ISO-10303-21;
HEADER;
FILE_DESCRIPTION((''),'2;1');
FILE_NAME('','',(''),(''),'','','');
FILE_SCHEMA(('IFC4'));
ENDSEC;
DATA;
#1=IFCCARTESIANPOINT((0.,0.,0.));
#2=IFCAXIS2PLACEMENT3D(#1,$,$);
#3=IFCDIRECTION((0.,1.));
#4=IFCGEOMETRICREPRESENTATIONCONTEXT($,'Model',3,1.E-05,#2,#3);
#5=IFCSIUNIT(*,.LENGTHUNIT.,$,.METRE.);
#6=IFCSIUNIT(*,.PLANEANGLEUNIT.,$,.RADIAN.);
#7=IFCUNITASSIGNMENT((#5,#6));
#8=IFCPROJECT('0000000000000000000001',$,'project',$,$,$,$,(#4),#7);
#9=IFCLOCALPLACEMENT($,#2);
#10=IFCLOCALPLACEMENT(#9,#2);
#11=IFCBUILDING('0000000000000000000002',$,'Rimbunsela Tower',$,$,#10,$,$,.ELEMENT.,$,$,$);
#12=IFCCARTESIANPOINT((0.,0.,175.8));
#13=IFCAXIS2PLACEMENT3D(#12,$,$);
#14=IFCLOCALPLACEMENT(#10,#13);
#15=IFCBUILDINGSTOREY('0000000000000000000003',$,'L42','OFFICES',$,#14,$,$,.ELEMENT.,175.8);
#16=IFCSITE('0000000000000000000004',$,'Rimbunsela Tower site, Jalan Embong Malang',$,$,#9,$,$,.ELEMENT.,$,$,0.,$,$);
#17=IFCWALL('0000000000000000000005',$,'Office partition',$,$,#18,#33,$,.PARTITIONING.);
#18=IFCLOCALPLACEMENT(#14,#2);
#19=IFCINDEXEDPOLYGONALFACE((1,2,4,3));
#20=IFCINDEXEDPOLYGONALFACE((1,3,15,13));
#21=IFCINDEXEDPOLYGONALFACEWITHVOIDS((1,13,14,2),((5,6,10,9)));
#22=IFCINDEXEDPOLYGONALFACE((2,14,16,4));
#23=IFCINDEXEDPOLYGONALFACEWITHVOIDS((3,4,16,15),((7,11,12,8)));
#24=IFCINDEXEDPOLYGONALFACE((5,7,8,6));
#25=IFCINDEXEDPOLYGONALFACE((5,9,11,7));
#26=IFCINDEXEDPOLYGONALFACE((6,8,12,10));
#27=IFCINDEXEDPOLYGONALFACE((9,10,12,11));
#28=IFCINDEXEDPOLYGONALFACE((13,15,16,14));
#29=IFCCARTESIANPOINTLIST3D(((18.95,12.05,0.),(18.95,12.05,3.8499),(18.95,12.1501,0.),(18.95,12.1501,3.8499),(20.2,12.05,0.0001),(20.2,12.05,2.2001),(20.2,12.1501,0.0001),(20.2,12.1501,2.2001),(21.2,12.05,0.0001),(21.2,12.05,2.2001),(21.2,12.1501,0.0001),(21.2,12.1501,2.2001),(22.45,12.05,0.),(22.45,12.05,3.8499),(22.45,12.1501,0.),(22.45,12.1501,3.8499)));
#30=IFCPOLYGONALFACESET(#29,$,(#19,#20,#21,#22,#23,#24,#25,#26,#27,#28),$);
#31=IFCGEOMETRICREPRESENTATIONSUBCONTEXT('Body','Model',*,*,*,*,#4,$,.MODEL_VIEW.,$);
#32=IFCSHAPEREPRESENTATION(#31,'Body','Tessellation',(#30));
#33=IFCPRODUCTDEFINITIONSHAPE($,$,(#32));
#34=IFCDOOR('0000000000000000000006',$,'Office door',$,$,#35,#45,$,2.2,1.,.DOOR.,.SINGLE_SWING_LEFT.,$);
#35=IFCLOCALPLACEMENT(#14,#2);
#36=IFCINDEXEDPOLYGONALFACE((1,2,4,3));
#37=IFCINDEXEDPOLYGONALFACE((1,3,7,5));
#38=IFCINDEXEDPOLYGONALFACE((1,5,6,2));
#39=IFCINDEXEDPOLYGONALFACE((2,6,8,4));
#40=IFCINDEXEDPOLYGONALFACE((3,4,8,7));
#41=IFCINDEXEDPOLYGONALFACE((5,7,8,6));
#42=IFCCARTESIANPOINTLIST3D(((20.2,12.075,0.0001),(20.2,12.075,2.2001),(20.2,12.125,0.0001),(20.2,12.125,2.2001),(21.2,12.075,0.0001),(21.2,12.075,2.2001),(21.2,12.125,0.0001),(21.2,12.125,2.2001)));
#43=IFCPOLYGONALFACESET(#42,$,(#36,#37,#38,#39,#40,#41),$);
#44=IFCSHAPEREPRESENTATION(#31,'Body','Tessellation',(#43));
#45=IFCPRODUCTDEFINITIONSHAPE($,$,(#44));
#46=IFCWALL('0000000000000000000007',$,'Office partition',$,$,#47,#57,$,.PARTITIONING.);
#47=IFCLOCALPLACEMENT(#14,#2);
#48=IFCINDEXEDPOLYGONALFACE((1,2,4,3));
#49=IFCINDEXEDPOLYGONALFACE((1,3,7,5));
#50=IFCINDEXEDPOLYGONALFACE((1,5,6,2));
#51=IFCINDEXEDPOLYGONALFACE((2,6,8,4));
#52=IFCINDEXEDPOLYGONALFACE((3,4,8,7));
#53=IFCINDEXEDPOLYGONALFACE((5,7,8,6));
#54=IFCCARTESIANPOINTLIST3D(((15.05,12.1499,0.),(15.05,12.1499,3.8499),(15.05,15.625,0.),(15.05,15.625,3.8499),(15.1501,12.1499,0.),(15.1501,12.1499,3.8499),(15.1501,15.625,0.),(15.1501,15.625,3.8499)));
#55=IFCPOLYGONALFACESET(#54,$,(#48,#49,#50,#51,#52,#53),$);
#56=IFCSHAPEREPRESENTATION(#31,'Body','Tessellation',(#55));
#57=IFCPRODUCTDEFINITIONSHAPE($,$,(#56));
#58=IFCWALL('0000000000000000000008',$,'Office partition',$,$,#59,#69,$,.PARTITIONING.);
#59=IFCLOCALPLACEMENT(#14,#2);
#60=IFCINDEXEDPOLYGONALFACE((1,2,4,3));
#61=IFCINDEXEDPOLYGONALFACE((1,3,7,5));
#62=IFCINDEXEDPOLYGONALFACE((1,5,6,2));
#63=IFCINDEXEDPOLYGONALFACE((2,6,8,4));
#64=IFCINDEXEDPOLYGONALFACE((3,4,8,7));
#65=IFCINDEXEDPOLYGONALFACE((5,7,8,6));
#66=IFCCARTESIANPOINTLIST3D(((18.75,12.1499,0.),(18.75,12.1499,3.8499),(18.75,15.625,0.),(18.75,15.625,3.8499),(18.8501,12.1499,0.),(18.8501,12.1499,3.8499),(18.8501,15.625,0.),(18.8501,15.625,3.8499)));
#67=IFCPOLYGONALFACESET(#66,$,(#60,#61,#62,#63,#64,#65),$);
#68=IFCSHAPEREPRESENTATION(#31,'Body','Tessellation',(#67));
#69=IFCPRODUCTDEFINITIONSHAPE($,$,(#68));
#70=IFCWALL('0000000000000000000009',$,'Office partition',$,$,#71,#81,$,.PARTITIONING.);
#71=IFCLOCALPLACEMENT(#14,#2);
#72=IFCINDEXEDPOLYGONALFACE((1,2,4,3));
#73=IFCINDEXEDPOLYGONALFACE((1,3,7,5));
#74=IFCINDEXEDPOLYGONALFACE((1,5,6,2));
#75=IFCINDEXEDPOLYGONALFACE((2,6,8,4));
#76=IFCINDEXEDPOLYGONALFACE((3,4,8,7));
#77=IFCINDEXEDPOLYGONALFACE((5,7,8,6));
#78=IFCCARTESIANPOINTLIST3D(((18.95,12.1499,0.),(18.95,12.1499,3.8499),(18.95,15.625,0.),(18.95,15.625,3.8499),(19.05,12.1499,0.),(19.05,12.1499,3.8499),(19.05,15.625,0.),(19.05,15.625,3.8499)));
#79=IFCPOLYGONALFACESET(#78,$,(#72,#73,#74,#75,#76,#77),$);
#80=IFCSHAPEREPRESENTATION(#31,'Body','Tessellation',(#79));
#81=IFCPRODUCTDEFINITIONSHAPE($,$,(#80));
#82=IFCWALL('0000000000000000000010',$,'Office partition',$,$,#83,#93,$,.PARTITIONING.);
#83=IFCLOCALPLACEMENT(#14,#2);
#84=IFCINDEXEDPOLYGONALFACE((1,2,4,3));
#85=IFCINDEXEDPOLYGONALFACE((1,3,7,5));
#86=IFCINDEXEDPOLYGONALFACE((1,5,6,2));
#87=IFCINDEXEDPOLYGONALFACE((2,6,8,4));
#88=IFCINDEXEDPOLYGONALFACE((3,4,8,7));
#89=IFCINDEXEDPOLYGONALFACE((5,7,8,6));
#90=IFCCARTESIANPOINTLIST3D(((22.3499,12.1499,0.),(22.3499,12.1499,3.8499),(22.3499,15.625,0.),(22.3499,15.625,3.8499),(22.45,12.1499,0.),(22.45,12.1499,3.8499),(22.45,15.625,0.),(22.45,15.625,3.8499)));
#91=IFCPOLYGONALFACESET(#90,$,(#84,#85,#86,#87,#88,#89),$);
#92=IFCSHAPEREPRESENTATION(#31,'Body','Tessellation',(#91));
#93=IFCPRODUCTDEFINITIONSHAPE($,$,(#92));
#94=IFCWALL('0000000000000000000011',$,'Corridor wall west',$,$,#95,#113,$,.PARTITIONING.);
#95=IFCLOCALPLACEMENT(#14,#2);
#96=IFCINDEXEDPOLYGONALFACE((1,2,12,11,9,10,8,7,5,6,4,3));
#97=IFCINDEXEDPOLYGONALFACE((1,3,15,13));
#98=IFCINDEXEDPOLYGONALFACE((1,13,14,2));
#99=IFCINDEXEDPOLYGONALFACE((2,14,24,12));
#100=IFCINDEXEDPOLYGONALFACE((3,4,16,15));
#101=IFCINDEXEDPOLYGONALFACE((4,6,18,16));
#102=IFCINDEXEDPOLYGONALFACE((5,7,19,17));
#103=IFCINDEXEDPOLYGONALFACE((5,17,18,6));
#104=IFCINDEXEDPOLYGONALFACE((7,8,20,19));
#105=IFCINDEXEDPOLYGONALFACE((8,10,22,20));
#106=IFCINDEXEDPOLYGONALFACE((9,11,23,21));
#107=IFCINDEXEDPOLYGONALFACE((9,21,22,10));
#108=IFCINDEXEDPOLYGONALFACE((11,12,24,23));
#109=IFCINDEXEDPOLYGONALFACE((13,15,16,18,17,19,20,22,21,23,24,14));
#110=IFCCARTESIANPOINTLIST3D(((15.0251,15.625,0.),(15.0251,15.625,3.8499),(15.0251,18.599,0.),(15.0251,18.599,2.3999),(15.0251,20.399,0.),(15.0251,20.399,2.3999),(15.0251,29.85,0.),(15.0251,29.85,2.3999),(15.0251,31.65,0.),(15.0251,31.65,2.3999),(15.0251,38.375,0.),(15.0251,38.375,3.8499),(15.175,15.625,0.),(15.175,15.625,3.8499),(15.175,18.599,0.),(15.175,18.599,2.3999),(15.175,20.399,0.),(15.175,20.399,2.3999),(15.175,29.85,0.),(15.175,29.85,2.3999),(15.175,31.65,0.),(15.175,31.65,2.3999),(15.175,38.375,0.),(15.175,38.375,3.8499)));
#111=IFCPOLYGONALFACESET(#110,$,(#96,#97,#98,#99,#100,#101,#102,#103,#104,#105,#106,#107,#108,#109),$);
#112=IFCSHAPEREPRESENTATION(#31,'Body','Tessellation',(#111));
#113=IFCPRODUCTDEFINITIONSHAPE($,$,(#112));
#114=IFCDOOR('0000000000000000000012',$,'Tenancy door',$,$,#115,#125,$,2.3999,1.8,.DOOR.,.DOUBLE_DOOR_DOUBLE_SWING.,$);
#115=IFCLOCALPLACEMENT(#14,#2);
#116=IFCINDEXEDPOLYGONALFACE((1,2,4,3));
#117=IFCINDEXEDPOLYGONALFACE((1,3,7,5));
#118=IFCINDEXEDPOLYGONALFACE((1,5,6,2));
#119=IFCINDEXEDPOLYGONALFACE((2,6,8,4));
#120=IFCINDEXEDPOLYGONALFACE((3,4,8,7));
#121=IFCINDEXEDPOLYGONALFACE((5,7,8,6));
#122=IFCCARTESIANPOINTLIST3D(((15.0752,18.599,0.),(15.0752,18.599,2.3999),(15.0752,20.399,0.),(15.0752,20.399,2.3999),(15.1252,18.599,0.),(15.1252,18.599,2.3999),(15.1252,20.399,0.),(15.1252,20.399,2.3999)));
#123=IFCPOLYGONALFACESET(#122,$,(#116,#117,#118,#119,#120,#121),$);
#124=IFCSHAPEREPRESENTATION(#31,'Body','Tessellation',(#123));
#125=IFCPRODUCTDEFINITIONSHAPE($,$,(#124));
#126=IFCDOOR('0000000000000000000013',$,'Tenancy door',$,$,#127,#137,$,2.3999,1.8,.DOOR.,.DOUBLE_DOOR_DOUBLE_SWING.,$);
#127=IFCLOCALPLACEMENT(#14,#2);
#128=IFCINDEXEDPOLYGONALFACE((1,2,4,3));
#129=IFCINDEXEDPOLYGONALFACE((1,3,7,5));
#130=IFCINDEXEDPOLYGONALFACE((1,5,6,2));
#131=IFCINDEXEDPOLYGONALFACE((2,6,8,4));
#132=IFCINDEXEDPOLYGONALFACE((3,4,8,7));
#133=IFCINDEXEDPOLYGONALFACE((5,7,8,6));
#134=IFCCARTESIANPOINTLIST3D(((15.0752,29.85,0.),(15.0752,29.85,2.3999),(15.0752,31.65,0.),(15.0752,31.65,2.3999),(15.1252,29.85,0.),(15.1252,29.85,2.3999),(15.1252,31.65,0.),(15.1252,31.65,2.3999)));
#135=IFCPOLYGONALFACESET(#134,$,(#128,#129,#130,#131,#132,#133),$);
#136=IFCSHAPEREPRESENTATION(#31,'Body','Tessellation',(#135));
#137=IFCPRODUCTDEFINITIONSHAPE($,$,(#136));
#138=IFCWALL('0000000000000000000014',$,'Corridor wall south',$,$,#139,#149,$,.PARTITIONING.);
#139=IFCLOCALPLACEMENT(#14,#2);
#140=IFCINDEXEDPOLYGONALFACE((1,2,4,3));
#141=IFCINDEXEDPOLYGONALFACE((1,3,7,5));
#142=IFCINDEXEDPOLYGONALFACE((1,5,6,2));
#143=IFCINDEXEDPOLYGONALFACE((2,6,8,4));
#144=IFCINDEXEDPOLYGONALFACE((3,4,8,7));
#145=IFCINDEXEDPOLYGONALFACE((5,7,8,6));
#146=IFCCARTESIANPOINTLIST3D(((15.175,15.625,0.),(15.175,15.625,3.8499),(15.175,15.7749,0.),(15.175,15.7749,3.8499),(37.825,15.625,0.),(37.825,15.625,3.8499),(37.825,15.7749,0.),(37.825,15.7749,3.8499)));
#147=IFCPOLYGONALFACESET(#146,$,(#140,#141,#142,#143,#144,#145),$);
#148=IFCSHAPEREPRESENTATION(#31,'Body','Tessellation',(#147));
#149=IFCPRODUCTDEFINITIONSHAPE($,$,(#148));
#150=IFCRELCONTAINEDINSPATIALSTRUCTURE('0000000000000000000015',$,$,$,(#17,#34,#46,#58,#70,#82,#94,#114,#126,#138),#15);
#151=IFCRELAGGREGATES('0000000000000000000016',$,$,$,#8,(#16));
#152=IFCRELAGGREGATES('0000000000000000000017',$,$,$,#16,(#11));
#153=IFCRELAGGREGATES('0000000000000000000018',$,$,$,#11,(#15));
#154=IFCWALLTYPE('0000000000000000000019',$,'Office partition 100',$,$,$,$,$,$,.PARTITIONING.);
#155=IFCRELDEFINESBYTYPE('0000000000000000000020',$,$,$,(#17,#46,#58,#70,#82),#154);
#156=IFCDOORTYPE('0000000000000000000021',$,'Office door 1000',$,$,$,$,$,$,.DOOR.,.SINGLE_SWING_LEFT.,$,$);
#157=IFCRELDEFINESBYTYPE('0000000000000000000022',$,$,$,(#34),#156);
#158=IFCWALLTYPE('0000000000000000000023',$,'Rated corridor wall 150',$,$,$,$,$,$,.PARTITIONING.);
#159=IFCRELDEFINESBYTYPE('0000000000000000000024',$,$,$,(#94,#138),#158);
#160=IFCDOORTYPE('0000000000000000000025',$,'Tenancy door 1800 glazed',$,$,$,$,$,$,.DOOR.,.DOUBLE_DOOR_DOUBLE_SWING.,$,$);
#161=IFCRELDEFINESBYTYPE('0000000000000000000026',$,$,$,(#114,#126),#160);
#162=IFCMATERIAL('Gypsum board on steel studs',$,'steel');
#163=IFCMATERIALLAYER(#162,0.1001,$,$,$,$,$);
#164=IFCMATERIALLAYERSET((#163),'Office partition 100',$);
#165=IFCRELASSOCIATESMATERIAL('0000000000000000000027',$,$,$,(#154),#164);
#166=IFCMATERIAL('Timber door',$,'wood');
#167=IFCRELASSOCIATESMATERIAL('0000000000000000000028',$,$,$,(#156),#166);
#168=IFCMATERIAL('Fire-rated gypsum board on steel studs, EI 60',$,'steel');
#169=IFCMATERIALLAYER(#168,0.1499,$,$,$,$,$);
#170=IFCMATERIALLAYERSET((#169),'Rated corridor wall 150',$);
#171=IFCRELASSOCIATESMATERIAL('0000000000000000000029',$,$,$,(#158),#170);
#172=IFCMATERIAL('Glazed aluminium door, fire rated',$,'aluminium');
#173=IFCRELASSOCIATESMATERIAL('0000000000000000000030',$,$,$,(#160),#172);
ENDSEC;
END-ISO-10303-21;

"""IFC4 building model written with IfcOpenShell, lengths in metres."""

from ifc_helpers import new_model, si_unit, direction, frame, frame_2d, origin, place, context, subcontext, project, spatial, rectangle, extrude, material, layer, layer_set, type_object, element, fill, save


model = new_model("IFC4")

# Units and contexts
model_context = context("Model", 3, precision=1e-05, world=origin(), true_north=direction((0.0, 1.0)))
body_context = subcontext(model_context, "Body", "Model", "MODEL_VIEW")
ifc_project = project(units=[si_unit("LENGTHUNIT", "METRE"), si_unit("PLANEANGLEUNIT", "RADIAN")], contexts=[model_context])

# Site, building, storey
site_placement = place(None, origin())
site = spatial("IfcSite", under=ifc_project, at=site_placement, Name="Rimbunsela Tower site, Jalan Embong Malang", CompositionType="ELEMENT", RefElevation=0.0)
building_placement = place(site_placement, origin())
building = spatial("IfcBuilding", under=site, at=building_placement, Name="Rimbunsela Tower", CompositionType="ELEMENT")
storey_placement = place(building_placement, frame((0.0, 0.0, 175.8)))
storey = spatial("IfcBuildingStorey", under=building, at=storey_placement, Name="L42", Description="OFFICES", CompositionType="ELEMENT", Elevation=175.8)

# Wall, opening, door
ifc_material_1 = material(Name="Gypsum board on steel studs", Category="steel")
ifc_layer_1 = layer(ifc_material_1, 0.1001)
ifc_layer_set_1 = layer_set([ifc_layer_1], Name="Office partition 100")
wall_type_1 = type_object("IfcWallType", Name="Office partition 100", PredefinedType="PARTITIONING", material=ifc_layer_set_1)
wall_1_placement = place(storey_placement, frame((18.95, 12.1001, 0.0), z_axis=(0.0, 0.0, 1.0), x_axis=(1.0, 0.0, 0.0)))
wall_1 = element("IfcWall", 1, at=wall_1_placement, inside=storey, type_object=wall_type_1, Name="Office partition", PredefinedType="PARTITIONING", context=body_context, shape_type="SweptSolid", body=[
    extrude(rectangle(XDim=3.5, YDim=0.1001, at=frame_2d((1.75, 0.0))), origin(), (0.0, 0.0, 1.0), 3.8499),
])
opening_1_placement = place(wall_1_placement, frame((1.25, 0.0, 0.0)))
opening_1 = element("IfcOpeningElement", 2, at=opening_1_placement, cuts=wall_1, PredefinedType="OPENING", context=body_context, shape_type="SweptSolid", body=[
    extrude(rectangle(XDim=1.0, YDim=2.2, at=frame_2d((0.5, 1.1001))), frame((0.0, 0.0601, 0.0), z_axis=(0.0, -1.0, 0.0), x_axis=(1.0, 0.0, 0.0)), (0.0, 0.0, 1.0), 0.1201),
])
ifc_material_2 = material(Name="Timber door", Category="wood")
door_type_1 = type_object("IfcDoorType", Name="Office door 1000", OperationType="SINGLE_SWING_LEFT", PredefinedType="DOOR", material=ifc_material_2)
door_1_placement = place(opening_1_placement, origin())
door_1 = element("IfcDoor", 3, at=door_1_placement, inside=storey, type_object=door_type_1, Name="Office door", OperationType="SINGLE_SWING_LEFT", OverallHeight=2.2, OverallWidth=1.0, PredefinedType="DOOR", context=body_context, shape_type="SweptSolid", body=[
    extrude(rectangle(XDim=1.0, YDim=2.2, at=frame_2d((0.5, 1.1001))), frame((0.0, 0.0249, 0.0), z_axis=(0.0, -1.0, 0.0), x_axis=(1.0, 0.0, 0.0)), (0.0, 0.0, 1.0), 0.05),
])
fill(opening_1, door_1)

# Walls
for number, where, z_axis, x_axis, name in (
    (4, (15.1001, 12.1499, 0.0), (0.0, 0.0, 1.0), (0.0, 1.0, 0.0), "Office partition"),
    (5, (18.8, 12.1499, 0.0), (0.0, 0.0, 1.0), (0.0, 1.0, 0.0), "Office partition"),
    (6, (19.0, 12.1499, 0.0), (0.0, 0.0, 1.0), (0.0, 1.0, 0.0), "Office partition"),
    (7, (22.3999, 12.1499, 0.0), (0.0, 0.0, 1.0), (0.0, 1.0, 0.0), "Office partition"),
):
    element("IfcWall", number, at=place(storey_placement, frame(where, z_axis=z_axis, x_axis=x_axis)), inside=storey, type_object=wall_type_1, Name=name, PredefinedType="PARTITIONING", context=body_context, shape_type="SweptSolid", body=[
        extrude(rectangle(XDim=3.4751, YDim=0.1001, at=frame_2d((1.7375, 0.0))), origin(), (0.0, 0.0, 1.0), 3.8499),
    ])

# Wall, openings, doors
ifc_material_3 = material(Name="Fire-rated gypsum board on steel studs, EI 60", Category="steel")
ifc_layer_2 = layer(ifc_material_3, 0.1499)
ifc_layer_set_2 = layer_set([ifc_layer_2], Name="Rated corridor wall 150")
wall_type_2 = type_object("IfcWallType", Name="Rated corridor wall 150", PredefinedType="PARTITIONING", material=ifc_layer_set_2)
wall_2_placement = place(storey_placement, frame((15.1001, 15.625, 0.0), z_axis=(0.0, 0.0, 1.0), x_axis=(0.0, 1.0, 0.0)))
wall_2 = element("IfcWall", 8, at=wall_2_placement, inside=storey, type_object=wall_type_2, Name="Corridor wall west", PredefinedType="PARTITIONING", context=body_context, shape_type="SweptSolid", body=[
    extrude(rectangle(XDim=22.75, YDim=0.1499, at=frame_2d((11.375, 0.0))), origin(), (0.0, 0.0, 1.0), 3.8499),
])
opening_2_placement = place(wall_2_placement, frame((2.9741, 0.0, 0.0)))
opening_2 = element("IfcOpeningElement", 9, at=opening_2_placement, cuts=wall_2, PredefinedType="OPENING", context=body_context, shape_type="SweptSolid", body=[
    extrude(rectangle(XDim=1.8, YDim=2.3999, at=frame_2d((0.8999, 1.2))), frame((0.0, 0.085, 0.0), z_axis=(0.0, -1.0, 0.0), x_axis=(1.0, 0.0, 0.0)), (0.0, 0.0, 1.0), 0.1699),
])
opening_3_placement = place(wall_2_placement, frame((14.2251, 0.0, 0.0)))
opening_3 = element("IfcOpeningElement", 10, at=opening_3_placement, cuts=wall_2, PredefinedType="OPENING", context=body_context, shape_type="SweptSolid", body=[
    extrude(rectangle(XDim=1.8, YDim=2.3999, at=frame_2d((0.8999, 1.2))), frame((0.0, 0.085, 0.0), z_axis=(0.0, -1.0, 0.0), x_axis=(1.0, 0.0, 0.0)), (0.0, 0.0, 1.0), 0.1699),
])
ifc_material_4 = material(Name="Glazed aluminium door, fire rated", Category="aluminium")
door_type_2 = type_object("IfcDoorType", Name="Tenancy door 1800 glazed", OperationType="DOUBLE_DOOR_DOUBLE_SWING", PredefinedType="DOOR", material=ifc_material_4)
door_2_placement = place(opening_2_placement, origin())
door_2 = element("IfcDoor", 11, at=door_2_placement, inside=storey, type_object=door_type_2, Name="Tenancy door", OperationType="DOUBLE_DOOR_DOUBLE_SWING", OverallHeight=2.3999, OverallWidth=1.8, PredefinedType="DOOR", context=body_context, shape_type="SweptSolid", body=[
    extrude(rectangle(XDim=1.8, YDim=2.3999, at=frame_2d((0.8999, 1.2))), frame((0.0, 0.0249, 0.0), z_axis=(0.0, -1.0, 0.0), x_axis=(1.0, 0.0, 0.0)), (0.0, 0.0, 1.0), 0.05),
])
fill(opening_2, door_2)
door_3_placement = place(opening_3_placement, origin())
door_3 = element("IfcDoor", 12, at=door_3_placement, inside=storey, type_object=door_type_2, Name="Tenancy door", OperationType="DOUBLE_DOOR_DOUBLE_SWING", OverallHeight=2.3999, OverallWidth=1.8, PredefinedType="DOOR", context=body_context, shape_type="SweptSolid", body=[
    extrude(rectangle(XDim=1.8, YDim=2.3999, at=frame_2d((0.8999, 1.2))), frame((0.0, 0.0249, 0.0), z_axis=(0.0, -1.0, 0.0), x_axis=(1.0, 0.0, 0.0)), (0.0, 0.0, 1.0), 0.05),
])
fill(opening_3, door_3)

# Wall
wall_3_placement = place(storey_placement, frame((15.175, 15.7, 0.0), z_axis=(0.0, 0.0, 1.0), x_axis=(1.0, 0.0, 0.0)))
element("IfcWall", 13, at=wall_3_placement, inside=storey, type_object=wall_type_2, Name="Corridor wall south", PredefinedType="PARTITIONING", context=body_context, shape_type="SweptSolid", body=[
    extrude(rectangle(XDim=22.6499, YDim=0.1499, at=frame_2d((11.325, 0.0))), origin(), (0.0, 0.0, 1.0), 3.8499),
])

save(model, "model.ifc")
